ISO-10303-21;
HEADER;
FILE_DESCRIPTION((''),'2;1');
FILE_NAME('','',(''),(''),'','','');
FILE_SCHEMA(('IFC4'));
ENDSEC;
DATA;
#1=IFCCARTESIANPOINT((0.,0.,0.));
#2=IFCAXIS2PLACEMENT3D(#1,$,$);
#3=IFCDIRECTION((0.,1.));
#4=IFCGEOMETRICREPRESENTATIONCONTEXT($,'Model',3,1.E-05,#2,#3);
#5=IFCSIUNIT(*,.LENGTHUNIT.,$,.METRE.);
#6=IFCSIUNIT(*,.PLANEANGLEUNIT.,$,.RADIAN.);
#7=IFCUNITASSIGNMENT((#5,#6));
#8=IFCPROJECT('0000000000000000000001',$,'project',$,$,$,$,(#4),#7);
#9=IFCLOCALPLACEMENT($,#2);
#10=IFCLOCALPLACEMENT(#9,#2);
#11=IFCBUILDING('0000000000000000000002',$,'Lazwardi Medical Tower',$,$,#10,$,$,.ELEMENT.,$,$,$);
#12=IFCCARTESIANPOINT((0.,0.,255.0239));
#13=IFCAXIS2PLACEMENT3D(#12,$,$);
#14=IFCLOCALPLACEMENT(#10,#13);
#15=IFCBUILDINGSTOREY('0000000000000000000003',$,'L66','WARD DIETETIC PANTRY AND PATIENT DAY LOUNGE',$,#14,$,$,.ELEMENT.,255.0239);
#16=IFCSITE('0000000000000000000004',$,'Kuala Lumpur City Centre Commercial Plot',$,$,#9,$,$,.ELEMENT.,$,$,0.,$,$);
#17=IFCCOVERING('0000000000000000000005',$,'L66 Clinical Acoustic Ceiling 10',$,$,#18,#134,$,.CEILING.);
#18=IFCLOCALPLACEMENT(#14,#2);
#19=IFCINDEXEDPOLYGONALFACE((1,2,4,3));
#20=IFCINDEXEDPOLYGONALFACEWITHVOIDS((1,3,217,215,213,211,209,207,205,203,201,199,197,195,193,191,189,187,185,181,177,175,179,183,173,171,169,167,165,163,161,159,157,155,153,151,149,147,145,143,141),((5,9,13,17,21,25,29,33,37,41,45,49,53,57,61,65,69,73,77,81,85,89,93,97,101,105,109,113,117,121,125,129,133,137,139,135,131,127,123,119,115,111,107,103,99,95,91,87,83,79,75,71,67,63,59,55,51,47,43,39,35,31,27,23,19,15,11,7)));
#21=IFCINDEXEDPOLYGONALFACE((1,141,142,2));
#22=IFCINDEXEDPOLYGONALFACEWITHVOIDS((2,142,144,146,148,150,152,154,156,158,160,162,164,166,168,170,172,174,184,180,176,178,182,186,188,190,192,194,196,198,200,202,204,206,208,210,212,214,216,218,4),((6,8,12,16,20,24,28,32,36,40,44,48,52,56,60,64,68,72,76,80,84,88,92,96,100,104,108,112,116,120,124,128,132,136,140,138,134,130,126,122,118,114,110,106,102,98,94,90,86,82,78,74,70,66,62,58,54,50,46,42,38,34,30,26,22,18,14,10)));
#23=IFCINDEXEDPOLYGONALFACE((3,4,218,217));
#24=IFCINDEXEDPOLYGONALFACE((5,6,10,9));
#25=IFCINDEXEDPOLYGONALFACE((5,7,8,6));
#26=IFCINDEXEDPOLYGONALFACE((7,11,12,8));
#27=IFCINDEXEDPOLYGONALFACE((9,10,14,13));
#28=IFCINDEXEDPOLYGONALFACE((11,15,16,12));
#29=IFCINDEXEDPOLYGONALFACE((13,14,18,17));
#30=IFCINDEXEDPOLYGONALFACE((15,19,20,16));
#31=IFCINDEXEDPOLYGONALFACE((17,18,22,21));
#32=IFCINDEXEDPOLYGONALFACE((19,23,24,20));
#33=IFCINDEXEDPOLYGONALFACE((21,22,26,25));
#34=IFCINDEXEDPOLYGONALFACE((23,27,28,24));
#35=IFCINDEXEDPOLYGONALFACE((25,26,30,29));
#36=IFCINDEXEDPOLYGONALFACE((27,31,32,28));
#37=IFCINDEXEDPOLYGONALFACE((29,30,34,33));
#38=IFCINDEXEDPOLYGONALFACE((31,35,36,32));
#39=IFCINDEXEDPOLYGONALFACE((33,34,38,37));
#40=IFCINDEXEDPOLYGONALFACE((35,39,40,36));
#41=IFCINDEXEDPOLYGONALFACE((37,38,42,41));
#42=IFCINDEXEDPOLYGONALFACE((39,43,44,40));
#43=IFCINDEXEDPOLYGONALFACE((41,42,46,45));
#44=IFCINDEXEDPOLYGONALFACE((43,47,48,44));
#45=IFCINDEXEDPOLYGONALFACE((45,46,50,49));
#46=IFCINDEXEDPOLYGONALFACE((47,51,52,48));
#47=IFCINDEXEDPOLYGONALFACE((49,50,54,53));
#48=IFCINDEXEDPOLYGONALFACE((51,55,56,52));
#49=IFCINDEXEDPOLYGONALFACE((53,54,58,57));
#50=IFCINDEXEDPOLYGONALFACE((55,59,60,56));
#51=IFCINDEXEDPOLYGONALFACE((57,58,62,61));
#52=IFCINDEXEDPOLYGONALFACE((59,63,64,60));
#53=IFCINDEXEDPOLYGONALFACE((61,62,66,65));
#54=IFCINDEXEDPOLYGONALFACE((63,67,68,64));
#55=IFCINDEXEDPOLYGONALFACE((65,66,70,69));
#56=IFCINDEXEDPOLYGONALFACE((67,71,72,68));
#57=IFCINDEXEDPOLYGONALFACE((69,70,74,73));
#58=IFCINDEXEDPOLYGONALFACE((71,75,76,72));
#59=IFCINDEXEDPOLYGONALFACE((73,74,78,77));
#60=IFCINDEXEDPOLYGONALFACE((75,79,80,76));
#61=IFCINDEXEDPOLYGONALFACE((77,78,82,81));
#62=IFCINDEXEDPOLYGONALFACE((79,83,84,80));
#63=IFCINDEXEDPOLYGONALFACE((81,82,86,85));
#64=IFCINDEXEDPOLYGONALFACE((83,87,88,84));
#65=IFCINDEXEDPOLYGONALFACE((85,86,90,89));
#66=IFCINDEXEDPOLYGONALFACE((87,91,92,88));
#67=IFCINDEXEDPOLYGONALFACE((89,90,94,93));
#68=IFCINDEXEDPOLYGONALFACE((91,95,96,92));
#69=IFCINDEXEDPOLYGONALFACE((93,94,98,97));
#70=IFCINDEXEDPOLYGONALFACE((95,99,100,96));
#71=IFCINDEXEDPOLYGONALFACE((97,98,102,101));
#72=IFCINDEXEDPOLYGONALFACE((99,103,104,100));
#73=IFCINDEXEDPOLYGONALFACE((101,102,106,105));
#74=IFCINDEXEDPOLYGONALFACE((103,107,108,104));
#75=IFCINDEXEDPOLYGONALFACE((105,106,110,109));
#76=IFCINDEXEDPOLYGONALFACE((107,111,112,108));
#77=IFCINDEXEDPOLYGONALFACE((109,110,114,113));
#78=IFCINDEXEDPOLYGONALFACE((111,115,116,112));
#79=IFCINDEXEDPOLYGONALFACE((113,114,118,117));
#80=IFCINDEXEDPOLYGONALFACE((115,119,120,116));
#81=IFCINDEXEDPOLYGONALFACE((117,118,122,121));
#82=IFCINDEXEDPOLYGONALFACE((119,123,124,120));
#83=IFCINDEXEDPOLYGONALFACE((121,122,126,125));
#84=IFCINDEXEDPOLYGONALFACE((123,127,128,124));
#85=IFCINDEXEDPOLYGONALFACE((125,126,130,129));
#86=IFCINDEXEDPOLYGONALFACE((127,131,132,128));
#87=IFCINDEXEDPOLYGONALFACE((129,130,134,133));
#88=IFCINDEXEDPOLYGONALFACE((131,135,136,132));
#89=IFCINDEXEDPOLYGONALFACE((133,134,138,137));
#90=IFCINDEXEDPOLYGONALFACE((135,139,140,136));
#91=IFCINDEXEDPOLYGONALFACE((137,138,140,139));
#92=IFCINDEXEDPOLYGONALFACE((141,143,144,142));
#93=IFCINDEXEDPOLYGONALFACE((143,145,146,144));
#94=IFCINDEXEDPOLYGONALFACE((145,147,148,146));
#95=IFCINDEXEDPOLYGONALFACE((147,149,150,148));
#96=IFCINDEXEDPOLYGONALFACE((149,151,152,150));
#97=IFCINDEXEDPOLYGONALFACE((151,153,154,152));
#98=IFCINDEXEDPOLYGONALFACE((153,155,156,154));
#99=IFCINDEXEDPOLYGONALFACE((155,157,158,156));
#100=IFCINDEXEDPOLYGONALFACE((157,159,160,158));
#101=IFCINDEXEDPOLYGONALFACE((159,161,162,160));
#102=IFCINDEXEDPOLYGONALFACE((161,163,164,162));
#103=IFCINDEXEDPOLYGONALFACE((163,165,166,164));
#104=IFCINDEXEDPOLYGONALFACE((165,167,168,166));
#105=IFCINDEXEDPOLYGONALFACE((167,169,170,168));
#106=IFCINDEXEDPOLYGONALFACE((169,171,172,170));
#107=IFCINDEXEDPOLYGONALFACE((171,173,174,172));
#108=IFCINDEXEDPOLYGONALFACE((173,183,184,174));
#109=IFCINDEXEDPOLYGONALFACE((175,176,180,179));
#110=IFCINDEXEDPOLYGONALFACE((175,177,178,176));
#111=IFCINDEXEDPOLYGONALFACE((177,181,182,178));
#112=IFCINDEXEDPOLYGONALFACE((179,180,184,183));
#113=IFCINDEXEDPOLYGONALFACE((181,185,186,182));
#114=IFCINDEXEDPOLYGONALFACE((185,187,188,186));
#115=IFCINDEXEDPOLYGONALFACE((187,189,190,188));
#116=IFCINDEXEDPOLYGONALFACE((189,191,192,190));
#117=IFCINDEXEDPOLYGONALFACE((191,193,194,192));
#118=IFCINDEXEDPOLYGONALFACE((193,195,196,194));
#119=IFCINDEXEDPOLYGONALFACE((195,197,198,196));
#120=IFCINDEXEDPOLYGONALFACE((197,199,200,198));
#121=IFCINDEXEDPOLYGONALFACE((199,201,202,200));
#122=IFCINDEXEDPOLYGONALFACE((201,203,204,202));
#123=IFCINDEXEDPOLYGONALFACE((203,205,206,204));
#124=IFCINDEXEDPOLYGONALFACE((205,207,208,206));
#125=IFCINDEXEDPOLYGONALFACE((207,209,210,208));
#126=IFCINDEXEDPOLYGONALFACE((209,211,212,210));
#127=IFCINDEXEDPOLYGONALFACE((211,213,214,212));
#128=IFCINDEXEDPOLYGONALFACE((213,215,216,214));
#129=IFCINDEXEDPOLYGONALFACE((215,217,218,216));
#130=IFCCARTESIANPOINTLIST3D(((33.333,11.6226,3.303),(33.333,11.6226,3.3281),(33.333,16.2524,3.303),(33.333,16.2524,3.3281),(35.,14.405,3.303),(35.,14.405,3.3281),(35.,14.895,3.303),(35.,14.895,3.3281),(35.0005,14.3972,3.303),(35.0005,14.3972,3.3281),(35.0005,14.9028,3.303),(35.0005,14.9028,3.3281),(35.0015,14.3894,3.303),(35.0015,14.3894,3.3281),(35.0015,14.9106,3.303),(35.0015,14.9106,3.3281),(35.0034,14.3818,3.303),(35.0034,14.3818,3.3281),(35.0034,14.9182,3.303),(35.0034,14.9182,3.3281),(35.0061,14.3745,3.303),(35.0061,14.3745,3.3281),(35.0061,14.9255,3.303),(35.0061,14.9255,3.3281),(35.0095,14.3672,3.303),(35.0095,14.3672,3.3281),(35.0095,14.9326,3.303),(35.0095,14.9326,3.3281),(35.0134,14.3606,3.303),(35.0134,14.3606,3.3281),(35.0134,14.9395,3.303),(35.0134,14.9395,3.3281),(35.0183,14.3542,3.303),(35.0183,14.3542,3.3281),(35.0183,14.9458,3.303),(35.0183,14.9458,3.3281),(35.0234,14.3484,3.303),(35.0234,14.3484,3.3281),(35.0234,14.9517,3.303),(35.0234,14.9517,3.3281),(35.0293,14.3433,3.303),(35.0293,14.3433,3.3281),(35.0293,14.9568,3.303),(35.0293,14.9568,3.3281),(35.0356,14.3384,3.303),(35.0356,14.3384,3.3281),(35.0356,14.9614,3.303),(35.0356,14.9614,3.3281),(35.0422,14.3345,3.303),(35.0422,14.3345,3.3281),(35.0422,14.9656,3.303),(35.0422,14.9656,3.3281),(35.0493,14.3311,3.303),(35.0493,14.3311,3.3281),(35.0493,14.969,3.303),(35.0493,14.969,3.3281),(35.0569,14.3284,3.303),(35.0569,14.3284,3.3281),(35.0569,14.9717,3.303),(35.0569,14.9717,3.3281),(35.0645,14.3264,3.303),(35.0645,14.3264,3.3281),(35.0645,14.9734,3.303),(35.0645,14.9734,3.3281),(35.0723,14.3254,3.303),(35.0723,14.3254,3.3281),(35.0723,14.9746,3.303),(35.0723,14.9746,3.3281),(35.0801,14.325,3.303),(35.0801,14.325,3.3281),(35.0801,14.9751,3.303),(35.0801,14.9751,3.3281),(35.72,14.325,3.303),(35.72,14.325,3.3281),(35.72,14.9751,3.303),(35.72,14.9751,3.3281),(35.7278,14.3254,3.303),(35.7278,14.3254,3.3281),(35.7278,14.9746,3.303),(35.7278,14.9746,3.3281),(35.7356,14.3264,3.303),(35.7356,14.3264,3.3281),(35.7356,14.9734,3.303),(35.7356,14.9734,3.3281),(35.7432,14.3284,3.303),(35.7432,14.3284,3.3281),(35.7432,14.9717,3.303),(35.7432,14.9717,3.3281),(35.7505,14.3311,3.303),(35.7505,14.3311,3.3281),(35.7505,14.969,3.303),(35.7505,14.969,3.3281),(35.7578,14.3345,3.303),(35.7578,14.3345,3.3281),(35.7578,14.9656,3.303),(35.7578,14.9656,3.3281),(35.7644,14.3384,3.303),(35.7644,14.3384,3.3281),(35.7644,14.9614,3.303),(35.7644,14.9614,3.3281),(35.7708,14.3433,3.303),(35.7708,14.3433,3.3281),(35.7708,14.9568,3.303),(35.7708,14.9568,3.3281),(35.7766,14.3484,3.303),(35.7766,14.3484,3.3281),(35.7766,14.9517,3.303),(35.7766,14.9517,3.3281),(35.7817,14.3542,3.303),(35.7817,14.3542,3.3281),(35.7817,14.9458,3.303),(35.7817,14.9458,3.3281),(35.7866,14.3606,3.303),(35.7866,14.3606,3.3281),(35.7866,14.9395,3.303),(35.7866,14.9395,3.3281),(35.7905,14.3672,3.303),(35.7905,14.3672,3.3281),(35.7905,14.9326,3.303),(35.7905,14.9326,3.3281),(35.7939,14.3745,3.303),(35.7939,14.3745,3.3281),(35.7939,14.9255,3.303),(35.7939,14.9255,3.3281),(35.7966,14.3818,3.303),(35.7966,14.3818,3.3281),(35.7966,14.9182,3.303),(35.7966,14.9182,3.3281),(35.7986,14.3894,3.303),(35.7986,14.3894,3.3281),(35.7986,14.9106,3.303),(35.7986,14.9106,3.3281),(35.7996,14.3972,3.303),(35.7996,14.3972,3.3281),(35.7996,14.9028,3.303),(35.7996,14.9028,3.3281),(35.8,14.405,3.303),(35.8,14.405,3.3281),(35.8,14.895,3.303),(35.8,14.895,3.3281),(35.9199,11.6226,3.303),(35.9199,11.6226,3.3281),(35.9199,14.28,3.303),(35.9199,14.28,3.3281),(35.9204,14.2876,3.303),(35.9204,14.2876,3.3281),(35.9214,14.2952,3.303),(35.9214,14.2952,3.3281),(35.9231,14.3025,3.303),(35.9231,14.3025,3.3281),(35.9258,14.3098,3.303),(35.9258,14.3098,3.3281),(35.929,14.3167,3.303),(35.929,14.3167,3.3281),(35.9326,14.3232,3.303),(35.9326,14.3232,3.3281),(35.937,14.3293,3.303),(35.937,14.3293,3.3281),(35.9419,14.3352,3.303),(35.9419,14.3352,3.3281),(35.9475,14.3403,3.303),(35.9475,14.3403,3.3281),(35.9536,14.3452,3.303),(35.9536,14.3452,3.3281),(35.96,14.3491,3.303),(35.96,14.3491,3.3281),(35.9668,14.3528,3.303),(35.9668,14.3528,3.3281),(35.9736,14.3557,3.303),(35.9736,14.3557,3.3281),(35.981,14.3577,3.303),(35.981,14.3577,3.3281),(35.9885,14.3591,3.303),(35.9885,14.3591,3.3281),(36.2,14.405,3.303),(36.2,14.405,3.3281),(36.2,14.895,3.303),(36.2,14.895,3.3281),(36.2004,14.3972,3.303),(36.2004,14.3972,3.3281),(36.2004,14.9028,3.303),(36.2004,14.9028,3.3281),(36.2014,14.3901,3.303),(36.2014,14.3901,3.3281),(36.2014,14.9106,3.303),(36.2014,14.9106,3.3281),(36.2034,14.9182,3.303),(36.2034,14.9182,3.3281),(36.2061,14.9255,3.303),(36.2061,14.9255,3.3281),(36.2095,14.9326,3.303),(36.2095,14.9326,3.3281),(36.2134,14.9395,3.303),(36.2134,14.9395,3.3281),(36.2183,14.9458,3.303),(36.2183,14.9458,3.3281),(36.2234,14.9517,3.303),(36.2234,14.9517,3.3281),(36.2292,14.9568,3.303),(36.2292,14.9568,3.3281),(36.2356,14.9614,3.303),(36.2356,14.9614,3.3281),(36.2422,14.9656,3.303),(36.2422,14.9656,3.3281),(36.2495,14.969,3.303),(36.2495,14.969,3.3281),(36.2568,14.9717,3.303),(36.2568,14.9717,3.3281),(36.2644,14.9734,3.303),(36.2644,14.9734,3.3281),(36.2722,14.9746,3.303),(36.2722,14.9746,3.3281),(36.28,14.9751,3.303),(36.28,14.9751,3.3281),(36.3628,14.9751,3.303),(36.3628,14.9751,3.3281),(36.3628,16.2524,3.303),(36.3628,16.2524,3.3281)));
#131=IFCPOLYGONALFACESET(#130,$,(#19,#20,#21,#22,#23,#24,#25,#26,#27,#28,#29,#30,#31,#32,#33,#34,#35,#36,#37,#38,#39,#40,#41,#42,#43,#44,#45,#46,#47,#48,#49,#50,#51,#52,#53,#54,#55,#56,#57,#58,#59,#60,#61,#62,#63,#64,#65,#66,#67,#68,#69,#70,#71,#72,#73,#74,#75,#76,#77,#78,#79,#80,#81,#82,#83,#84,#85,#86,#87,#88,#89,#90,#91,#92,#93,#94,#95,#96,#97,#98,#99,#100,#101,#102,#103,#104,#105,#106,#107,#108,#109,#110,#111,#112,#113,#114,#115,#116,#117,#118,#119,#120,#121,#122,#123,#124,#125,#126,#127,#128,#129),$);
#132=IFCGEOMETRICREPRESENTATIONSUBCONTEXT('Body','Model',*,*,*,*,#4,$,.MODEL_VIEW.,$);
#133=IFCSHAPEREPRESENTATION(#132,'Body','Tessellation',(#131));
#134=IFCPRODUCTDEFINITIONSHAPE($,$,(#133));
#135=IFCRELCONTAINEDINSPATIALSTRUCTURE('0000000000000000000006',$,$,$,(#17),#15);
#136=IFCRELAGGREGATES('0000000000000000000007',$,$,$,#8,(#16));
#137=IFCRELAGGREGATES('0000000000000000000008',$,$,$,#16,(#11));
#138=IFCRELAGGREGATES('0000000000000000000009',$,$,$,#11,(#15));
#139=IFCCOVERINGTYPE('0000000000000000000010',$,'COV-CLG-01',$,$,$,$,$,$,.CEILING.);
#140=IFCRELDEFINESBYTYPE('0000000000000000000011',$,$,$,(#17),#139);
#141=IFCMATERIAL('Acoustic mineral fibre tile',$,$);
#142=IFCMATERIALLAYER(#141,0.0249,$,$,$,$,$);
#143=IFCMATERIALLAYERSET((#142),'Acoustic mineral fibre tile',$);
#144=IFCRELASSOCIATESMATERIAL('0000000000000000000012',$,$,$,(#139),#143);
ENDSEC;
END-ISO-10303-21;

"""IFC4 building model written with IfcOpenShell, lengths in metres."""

from ifc_helpers import new_model, si_unit, direction, frame, origin, place, context, subcontext, project, spatial, polyline, outline, extrude, material, layer, layer_set, type_object, element, save


model = new_model("IFC4")

# Units and contexts
model_context = context("Model", 3, precision=1e-05, world=origin(), true_north=direction((0.0, 1.0)))
body_context = subcontext(model_context, "Body", "Model", "MODEL_VIEW")
ifc_project = project(units=[si_unit("LENGTHUNIT", "METRE"), si_unit("PLANEANGLEUNIT", "RADIAN")], contexts=[model_context])

# Site, building, storey
site_placement = place(None, origin())
site = spatial("IfcSite", under=ifc_project, at=site_placement, Name="Kuala Lumpur City Centre Commercial Plot", CompositionType="ELEMENT", RefElevation=0.0)
building_placement = place(site_placement, origin())
building = spatial("IfcBuilding", under=site, at=building_placement, Name="Lazwardi Medical Tower", CompositionType="ELEMENT")
storey_placement = place(building_placement, frame((0.0, 0.0, 255.0239)))
storey = spatial("IfcBuildingStorey", under=building, at=storey_placement, Name="L66", Description="WARD DIETETIC PANTRY AND PATIENT DAY LOUNGE", CompositionType="ELEMENT", Elevation=255.0239)

# Covering
ifc_material_1 = material(Name="Acoustic mineral fibre tile")
ifc_layer_1 = layer(ifc_material_1, 0.0249)
ifc_layer_set_1 = layer_set([ifc_layer_1], Name="Acoustic mineral fibre tile")
covering_type_1 = type_object("IfcCoveringType", Name="COV-CLG-01", PredefinedType="CEILING", material=ifc_layer_set_1)
covering_1_placement = place(storey_placement, frame((0.0, 0.0, 3.303)))
element("IfcCovering", 1, at=covering_1_placement, inside=storey, type_object=covering_type_1, Name="L66 Clinical Acoustic Ceiling 10", PredefinedType="CEILING", context=body_context, shape_type="SweptSolid", body=[
    extrude(outline(polyline([(35.9199, 11.6226), (35.9199, 14.28), (35.9204, 14.2876), (35.9214, 14.2952), (35.9231, 14.3025), (35.9258, 14.3098), (35.929, 14.3167), (35.9326, 14.3232), (35.937, 14.3293), (35.9419, 14.3352), (35.9475, 14.3403), (35.9536, 14.3452), (35.96, 14.3491), (35.9668, 14.3528), (35.9736, 14.3557), (35.981, 14.3577), (35.9885, 14.3591), (36.2014, 14.3901), (36.2004, 14.3972), (36.2, 14.405), (36.2, 14.895), (36.2004, 14.9028), (36.2014, 14.9106), (36.2034, 14.9182), (36.2061, 14.9255), (36.2095, 14.9326), (36.2134, 14.9395), (36.2183, 14.9458), (36.2234, 14.9517), (36.2292, 14.9568), (36.2356, 14.9614), (36.2422, 14.9656), (36.2495, 14.969), (36.2568, 14.9717), (36.2644, 14.9734), (36.2722, 14.9746), (36.28, 14.9751), (36.3628, 14.9751), (36.3628, 16.2524), (33.333, 16.2524), (33.333, 11.6226), (35.9199, 11.6226)]), holes=[polyline([(35.7356, 14.3264), (35.7278, 14.3254), (35.72, 14.325), (35.0801, 14.325), (35.0723, 14.3254), (35.0645, 14.3264), (35.0569, 14.3284), (35.0493, 14.3311), (35.0422, 14.3345), (35.0356, 14.3384), (35.0293, 14.3433), (35.0234, 14.3484), (35.0183, 14.3542), (35.0134, 14.3606), (35.0095, 14.3672), (35.0061, 14.3745), (35.0034, 14.3818), (35.0015, 14.3894), (35.0005, 14.3972), (35.0, 14.405), (35.0, 14.895), (35.0005, 14.9028), (35.0015, 14.9106), (35.0034, 14.9182), (35.0061, 14.9255), (35.0095, 14.9326), (35.0134, 14.9395), (35.0183, 14.9458), (35.0234, 14.9517), (35.0293, 14.9568), (35.0356, 14.9614), (35.0422, 14.9656), (35.0493, 14.969), (35.0569, 14.9717), (35.0645, 14.9734), (35.0723, 14.9746), (35.0801, 14.9751), (35.72, 14.9751), (35.7278, 14.9746), (35.7356, 14.9734), (35.7432, 14.9717), (35.7505, 14.969), (35.7578, 14.9656), (35.7644, 14.9614), (35.7708, 14.9568), (35.7766, 14.9517), (35.7817, 14.9458), (35.7866, 14.9395), (35.7905, 14.9326), (35.7939, 14.9255), (35.7966, 14.9182), (35.7986, 14.9106), (35.7996, 14.9028), (35.8, 14.895), (35.8, 14.405), (35.7996, 14.3972), (35.7986, 14.3894), (35.7966, 14.3818), (35.7939, 14.3745), (35.7905, 14.3672), (35.7866, 14.3606), (35.7817, 14.3542), (35.7766, 14.3484), (35.7708, 14.3433), (35.7644, 14.3384), (35.7578, 14.3345), (35.7505, 14.3311), (35.7432, 14.3284), (35.7356, 14.3264)])]), origin(), (0.0, 0.0, 1.0), 0.0251),
])

save(model, "model.ifc")
